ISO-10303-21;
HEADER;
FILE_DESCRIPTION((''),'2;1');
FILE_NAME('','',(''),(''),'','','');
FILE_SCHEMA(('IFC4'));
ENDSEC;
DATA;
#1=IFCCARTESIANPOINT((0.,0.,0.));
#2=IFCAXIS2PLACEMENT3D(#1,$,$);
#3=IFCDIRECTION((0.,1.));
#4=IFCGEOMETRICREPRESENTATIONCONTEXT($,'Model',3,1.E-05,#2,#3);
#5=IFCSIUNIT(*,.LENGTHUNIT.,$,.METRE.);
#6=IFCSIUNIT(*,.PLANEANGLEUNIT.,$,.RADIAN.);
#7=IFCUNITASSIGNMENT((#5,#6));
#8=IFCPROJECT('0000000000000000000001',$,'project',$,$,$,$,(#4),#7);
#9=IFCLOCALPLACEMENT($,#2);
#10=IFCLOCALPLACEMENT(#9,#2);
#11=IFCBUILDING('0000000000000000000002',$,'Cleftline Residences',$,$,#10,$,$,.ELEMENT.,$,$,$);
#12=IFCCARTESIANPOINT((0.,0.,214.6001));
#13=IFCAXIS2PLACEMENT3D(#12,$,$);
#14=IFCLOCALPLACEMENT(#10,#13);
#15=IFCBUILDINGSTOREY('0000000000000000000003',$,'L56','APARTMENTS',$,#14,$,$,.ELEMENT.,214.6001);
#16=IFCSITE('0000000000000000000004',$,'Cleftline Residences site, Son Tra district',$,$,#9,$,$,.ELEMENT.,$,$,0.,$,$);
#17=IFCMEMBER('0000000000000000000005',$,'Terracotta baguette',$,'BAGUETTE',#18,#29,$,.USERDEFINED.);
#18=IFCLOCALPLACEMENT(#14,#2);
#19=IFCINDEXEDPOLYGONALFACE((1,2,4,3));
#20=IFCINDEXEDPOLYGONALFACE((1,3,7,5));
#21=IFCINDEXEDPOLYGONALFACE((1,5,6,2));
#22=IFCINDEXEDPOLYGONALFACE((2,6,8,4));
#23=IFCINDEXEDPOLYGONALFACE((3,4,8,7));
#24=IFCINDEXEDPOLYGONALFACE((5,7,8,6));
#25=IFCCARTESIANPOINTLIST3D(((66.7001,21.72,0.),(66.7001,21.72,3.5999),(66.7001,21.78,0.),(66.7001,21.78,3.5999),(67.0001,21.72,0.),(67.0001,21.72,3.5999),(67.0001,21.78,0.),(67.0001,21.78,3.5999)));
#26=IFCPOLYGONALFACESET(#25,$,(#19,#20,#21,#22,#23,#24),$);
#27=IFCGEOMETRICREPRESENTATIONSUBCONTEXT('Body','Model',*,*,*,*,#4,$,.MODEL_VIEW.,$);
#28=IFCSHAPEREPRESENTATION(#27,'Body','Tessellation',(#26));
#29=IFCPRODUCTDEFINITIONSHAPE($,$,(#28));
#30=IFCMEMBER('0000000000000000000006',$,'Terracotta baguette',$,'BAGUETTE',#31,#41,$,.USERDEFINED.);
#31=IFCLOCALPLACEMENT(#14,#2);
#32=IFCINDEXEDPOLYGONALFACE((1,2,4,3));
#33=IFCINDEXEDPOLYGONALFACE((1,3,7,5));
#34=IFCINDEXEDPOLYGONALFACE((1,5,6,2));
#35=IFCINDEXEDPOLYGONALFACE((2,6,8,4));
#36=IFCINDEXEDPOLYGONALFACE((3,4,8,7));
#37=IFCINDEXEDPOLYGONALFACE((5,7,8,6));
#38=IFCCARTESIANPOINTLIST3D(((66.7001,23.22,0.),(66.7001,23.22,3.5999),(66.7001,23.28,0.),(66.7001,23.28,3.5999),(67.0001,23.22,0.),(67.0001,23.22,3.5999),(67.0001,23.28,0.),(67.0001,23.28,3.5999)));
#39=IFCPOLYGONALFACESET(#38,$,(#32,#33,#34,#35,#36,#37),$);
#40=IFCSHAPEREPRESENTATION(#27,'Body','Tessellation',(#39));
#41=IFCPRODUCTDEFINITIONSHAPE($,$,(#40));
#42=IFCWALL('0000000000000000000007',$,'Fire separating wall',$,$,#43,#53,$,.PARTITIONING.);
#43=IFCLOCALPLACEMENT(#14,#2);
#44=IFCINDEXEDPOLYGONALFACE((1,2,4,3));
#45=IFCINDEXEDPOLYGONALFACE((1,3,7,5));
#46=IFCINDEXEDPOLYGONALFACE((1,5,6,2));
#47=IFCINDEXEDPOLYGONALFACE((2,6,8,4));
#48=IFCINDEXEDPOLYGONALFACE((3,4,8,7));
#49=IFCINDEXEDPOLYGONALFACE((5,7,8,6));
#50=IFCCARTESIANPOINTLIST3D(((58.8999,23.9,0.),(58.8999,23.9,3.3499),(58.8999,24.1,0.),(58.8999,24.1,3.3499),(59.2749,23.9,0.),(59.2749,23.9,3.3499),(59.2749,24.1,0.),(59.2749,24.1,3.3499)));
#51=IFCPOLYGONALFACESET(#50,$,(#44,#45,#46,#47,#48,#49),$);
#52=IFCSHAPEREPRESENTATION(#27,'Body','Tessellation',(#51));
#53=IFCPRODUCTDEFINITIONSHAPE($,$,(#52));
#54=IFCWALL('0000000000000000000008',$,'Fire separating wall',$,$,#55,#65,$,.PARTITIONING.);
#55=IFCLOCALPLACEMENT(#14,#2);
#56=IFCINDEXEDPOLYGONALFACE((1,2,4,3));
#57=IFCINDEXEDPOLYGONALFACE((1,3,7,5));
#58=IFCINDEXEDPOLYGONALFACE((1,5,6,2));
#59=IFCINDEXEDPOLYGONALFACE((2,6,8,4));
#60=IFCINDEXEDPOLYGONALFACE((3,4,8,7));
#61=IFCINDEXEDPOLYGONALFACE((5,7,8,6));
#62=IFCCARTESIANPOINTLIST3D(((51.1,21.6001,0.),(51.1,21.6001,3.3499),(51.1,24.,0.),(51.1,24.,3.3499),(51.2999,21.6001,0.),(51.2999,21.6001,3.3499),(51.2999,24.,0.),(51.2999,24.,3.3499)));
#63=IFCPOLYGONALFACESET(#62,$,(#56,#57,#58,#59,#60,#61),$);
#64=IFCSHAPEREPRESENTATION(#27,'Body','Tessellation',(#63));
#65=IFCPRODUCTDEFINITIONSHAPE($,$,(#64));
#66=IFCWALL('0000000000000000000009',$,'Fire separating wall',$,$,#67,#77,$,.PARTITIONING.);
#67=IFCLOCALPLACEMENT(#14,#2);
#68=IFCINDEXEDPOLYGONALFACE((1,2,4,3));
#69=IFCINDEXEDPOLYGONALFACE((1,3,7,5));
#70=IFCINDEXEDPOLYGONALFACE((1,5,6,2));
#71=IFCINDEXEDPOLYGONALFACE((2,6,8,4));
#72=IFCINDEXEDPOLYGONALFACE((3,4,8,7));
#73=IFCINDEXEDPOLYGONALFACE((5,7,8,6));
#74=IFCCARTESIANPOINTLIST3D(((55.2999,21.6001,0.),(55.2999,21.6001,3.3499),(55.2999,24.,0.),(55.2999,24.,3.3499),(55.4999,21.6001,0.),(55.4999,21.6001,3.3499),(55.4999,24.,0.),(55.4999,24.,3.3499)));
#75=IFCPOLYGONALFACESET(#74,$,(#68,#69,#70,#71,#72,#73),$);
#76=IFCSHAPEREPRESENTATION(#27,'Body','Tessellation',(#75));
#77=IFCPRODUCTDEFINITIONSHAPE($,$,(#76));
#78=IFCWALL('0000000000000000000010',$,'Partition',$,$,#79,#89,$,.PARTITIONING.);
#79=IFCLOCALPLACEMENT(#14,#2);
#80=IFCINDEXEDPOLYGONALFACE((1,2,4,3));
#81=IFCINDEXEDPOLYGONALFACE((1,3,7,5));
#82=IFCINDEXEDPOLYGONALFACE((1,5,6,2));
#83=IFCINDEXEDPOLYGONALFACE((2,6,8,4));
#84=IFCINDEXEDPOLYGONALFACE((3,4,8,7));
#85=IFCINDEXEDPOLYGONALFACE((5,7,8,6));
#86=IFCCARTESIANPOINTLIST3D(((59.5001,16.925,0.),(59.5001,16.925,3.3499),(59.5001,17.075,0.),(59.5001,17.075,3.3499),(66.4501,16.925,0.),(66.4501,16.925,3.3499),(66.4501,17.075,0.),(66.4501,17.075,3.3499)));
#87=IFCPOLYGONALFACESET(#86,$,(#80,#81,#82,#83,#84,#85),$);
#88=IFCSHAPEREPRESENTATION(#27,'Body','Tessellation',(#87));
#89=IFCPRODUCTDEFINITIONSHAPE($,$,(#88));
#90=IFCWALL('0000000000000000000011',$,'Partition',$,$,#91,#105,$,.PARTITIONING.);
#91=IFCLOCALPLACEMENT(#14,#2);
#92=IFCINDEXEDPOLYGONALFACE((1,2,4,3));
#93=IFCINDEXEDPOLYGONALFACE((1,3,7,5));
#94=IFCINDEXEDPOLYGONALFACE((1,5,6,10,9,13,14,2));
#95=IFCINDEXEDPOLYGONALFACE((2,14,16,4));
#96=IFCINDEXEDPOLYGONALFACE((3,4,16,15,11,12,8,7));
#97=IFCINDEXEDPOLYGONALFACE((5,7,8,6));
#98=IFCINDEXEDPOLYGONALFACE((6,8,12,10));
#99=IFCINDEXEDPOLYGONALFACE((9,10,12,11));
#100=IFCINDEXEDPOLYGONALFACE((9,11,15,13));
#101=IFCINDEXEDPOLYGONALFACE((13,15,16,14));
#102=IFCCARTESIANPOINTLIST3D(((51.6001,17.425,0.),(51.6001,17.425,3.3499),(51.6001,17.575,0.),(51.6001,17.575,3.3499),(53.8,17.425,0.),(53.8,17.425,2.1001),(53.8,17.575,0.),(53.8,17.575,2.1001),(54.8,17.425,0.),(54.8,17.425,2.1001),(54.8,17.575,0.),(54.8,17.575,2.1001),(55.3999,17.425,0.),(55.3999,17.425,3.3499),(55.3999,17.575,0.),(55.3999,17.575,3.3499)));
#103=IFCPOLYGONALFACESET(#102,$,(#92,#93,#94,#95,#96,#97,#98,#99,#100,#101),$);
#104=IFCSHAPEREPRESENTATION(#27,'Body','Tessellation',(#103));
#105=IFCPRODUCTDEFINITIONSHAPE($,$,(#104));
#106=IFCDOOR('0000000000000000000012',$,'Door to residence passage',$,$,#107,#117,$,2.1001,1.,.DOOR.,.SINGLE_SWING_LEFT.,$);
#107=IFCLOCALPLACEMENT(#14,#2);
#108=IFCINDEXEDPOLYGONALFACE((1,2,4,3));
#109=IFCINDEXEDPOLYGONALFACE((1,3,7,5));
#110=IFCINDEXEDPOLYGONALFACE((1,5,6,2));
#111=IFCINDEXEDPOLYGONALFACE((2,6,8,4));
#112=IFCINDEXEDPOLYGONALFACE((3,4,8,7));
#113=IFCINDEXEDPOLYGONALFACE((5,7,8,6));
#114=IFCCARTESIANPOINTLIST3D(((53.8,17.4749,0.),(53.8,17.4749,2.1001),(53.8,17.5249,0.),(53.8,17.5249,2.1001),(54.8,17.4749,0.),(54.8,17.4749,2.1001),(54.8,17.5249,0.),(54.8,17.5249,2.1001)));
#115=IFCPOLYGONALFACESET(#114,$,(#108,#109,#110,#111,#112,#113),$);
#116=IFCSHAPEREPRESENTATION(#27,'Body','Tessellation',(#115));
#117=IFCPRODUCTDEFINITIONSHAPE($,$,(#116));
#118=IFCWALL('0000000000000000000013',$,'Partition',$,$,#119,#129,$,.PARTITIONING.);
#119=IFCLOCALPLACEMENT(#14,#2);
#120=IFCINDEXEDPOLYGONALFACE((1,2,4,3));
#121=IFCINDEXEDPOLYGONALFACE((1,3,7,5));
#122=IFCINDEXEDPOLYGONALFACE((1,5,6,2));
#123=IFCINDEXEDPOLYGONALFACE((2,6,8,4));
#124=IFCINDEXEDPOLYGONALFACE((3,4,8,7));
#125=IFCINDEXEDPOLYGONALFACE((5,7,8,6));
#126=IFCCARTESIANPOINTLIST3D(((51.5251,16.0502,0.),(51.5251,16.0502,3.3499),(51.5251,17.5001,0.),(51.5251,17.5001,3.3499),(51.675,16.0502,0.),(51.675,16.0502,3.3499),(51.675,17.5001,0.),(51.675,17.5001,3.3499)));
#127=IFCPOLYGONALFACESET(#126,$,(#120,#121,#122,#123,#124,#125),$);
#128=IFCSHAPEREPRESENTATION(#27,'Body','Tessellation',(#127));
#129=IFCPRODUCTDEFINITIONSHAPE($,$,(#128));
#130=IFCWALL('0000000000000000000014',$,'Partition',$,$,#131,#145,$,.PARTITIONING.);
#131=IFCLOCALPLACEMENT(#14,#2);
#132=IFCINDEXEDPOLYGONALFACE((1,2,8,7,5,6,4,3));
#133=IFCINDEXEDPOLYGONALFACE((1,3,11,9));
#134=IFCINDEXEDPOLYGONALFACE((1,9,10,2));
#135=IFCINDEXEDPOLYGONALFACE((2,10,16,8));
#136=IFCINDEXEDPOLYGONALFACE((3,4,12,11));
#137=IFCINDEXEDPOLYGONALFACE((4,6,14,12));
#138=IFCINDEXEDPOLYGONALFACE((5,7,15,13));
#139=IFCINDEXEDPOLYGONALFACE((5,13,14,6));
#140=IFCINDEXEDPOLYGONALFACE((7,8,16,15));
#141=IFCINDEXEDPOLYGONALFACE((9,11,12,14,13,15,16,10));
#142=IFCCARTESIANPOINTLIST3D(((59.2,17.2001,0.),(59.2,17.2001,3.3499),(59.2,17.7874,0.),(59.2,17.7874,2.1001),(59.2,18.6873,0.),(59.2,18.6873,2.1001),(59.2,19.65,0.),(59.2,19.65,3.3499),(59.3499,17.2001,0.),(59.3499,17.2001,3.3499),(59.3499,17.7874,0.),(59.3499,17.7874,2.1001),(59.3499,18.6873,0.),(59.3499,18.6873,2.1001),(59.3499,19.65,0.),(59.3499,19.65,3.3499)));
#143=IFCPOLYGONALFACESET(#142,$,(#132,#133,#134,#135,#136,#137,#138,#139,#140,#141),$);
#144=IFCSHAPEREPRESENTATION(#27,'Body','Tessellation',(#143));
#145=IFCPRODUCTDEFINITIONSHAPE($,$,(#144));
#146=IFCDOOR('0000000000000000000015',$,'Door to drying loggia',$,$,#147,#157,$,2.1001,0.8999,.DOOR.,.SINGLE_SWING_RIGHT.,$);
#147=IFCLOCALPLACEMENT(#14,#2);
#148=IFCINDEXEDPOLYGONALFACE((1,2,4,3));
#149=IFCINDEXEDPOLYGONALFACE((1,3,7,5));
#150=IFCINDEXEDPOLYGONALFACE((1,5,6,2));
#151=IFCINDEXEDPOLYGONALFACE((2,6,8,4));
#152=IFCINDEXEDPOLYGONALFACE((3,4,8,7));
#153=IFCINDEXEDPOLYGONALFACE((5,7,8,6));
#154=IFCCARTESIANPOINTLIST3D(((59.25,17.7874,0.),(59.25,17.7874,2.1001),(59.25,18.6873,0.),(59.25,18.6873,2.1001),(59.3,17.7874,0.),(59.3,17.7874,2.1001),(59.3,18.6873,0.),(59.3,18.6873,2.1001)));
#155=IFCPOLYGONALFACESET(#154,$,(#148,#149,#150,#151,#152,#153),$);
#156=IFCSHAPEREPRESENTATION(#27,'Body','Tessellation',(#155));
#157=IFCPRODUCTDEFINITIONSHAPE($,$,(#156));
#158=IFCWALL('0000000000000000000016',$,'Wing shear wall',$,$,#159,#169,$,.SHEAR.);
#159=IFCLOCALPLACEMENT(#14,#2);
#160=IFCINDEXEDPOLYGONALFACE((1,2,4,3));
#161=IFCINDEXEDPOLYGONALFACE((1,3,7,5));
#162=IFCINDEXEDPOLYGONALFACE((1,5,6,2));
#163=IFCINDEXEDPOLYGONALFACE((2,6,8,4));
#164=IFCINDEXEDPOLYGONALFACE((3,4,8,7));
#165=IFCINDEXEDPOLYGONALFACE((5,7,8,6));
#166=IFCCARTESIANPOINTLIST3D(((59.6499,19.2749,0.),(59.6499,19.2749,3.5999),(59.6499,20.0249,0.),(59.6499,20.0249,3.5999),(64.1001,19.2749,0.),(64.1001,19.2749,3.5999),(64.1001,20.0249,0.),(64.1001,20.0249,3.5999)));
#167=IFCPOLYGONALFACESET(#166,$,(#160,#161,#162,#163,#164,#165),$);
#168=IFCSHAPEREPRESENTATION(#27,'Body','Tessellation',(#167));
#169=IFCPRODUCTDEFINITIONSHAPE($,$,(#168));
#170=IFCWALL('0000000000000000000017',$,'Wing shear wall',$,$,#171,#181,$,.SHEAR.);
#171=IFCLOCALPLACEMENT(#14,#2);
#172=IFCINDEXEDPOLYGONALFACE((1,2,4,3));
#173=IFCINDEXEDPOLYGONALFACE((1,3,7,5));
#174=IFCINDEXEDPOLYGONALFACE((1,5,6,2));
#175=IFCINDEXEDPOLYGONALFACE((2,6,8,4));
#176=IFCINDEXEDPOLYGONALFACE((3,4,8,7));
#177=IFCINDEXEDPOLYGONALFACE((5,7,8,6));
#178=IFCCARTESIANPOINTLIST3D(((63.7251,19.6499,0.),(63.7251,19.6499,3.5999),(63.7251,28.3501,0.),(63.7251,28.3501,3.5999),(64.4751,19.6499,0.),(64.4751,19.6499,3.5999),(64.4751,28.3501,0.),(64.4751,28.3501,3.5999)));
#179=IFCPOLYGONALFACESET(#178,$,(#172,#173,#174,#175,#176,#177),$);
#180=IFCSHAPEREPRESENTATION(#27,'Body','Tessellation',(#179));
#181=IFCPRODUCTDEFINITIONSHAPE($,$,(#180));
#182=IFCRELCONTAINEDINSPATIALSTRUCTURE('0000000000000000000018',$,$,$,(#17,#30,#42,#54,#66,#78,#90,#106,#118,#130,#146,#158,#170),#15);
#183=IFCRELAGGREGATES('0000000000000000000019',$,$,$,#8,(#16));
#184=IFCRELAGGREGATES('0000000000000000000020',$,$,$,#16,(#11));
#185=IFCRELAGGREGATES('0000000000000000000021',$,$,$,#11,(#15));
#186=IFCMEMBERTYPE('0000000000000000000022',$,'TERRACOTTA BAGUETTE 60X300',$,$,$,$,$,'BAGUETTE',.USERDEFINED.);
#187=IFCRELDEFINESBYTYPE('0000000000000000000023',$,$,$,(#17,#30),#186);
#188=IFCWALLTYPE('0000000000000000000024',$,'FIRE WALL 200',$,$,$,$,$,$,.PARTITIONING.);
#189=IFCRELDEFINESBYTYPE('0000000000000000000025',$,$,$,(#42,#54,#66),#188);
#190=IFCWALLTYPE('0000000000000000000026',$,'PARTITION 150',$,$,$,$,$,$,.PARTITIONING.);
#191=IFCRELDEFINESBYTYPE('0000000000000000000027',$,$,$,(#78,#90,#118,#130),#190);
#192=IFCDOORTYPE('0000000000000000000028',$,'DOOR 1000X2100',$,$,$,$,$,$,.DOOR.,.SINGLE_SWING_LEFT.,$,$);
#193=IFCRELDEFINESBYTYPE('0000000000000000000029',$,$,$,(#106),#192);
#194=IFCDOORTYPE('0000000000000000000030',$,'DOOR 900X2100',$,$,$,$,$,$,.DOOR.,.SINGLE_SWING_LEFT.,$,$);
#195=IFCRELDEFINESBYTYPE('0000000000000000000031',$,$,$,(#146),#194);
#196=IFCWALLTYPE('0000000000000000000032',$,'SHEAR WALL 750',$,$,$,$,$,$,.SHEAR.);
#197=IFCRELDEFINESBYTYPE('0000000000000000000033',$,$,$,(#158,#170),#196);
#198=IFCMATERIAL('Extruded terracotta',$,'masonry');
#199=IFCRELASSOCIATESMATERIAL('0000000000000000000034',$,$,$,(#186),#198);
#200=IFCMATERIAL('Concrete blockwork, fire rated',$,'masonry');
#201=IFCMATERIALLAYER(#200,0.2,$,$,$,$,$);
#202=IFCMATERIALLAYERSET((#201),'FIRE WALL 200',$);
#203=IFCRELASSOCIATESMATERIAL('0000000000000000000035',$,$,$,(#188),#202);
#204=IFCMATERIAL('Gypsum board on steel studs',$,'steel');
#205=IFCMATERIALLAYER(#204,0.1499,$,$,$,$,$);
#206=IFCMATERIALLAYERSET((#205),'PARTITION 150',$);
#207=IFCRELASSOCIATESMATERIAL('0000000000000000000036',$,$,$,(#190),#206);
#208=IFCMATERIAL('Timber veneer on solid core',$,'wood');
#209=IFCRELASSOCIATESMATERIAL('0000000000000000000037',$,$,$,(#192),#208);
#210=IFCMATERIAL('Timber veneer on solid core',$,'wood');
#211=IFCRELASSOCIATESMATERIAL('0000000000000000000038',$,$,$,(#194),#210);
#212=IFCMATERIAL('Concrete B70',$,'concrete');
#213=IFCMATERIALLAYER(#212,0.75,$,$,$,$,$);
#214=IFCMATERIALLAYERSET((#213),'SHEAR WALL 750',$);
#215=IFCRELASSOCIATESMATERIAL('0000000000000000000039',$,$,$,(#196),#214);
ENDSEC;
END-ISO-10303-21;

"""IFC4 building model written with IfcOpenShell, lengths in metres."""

from ifc_helpers import new_model, si_unit, direction, frame, frame_2d, origin, origin_2d, place, context, subcontext, project, spatial, rectangle, extrude, material, layer, layer_set, material_profile, profile_set, type_object, element, fill, save


model = new_model("IFC4")

# Units and contexts
model_context = context("Model", 3, precision=1e-05, world=origin(), true_north=direction((0.0, 1.0)))
body_context = subcontext(model_context, "Body", "Model", "MODEL_VIEW")
ifc_project = project(units=[si_unit("LENGTHUNIT", "METRE"), si_unit("PLANEANGLEUNIT", "RADIAN")], contexts=[model_context])

# Site, building, storey
site_placement = place(None, origin())
site = spatial("IfcSite", under=ifc_project, at=site_placement, Name="Cleftline Residences site, Son Tra district", CompositionType="ELEMENT", RefElevation=0.0)
building_placement = place(site_placement, origin())
building = spatial("IfcBuilding", under=site, at=building_placement, Name="Cleftline Residences", CompositionType="ELEMENT")
storey_placement = place(building_placement, frame((0.0, 0.0, 214.6001)))
storey = spatial("IfcBuildingStorey", under=building, at=storey_placement, Name="L56", Description="APARTMENTS", CompositionType="ELEMENT", Elevation=214.6001)

# Members
ifc_material_1 = material(Name="Extruded terracotta", Category="masonry")
ifc_material_profile_1 = material_profile(ifc_material_1, rectangle(XDim=0.0601, YDim=0.3, at=origin_2d()))
ifc_profile_set_1 = profile_set([ifc_material_profile_1], Name="Extruded terracotta")
member_type_1 = type_object("IfcMemberType", Name="TERRACOTTA BAGUETTE 60X300", ElementType="BAGUETTE", PredefinedType="USERDEFINED", material=ifc_profile_set_1)
for number, where, z_axis, x_axis, name in (
    (1, (66.8501, 21.75, 0.0), (0.0, 0.0, 1.0), (0.0, 1.0, 0.0), "Terracotta baguette"),
    (2, (66.8501, 23.25, 0.0), (0.0, 0.0, 1.0), (0.0, 1.0, 0.0), "Terracotta baguette"),
):
    element("IfcMember", number, at=place(storey_placement, frame(where, z_axis=z_axis, x_axis=x_axis)), inside=storey, type_object=member_type_1, Name=name, ObjectType="BAGUETTE", PredefinedType="USERDEFINED", context=body_context, shape_type="SweptSolid", body=[
        extrude(rectangle(XDim=0.0601, YDim=0.3, at=origin_2d()), origin(), (0.0, 0.0, 1.0), 3.5999),
    ])

# Walls
ifc_material_2 = material(Name="Concrete blockwork, fire rated", Category="masonry")
ifc_layer_1 = layer(ifc_material_2, 0.2)
ifc_layer_set_1 = layer_set([ifc_layer_1], Name="FIRE WALL 200")
wall_type_1 = type_object("IfcWallType", Name="FIRE WALL 200", PredefinedType="PARTITIONING", material=ifc_layer_set_1)
wall_1_placement = place(storey_placement, frame((58.8999, 24.0, 0.0), z_axis=(0.0, 0.0, 1.0), x_axis=(1.0, 0.0, 0.0)))
element("IfcWall", 3, at=wall_1_placement, inside=storey, type_object=wall_type_1, Name="Fire separating wall", PredefinedType="PARTITIONING", context=body_context, shape_type="SweptSolid", body=[
    extrude(rectangle(XDim=0.375, YDim=0.2, at=frame_2d((0.1875, 0.0))), origin(), (0.0, 0.0, 1.0), 3.3499),
])
for number, where, z_axis, x_axis, name in (
    (4, (51.2, 21.6001, 0.0), (0.0, 0.0, 1.0), (0.0, 1.0, 0.0), "Fire separating wall"),
    (5, (55.3999, 21.6001, 0.0), (0.0, 0.0, 1.0), (0.0, 1.0, 0.0), "Fire separating wall"),
):
    element("IfcWall", number, at=place(storey_placement, frame(where, z_axis=z_axis, x_axis=x_axis)), inside=storey, type_object=wall_type_1, Name=name, PredefinedType="PARTITIONING", context=body_context, shape_type="SweptSolid", body=[
        extrude(rectangle(XDim=2.3999, YDim=0.2, at=frame_2d((1.2, 0.0))), origin(), (0.0, 0.0, 1.0), 3.3499),
    ])
ifc_material_3 = material(Name="Gypsum board on steel studs", Category="steel")
ifc_layer_2 = layer(ifc_material_3, 0.1499)
ifc_layer_set_2 = layer_set([ifc_layer_2], Name="PARTITION 150")
wall_type_2 = type_object("IfcWallType", Name="PARTITION 150", PredefinedType="PARTITIONING", material=ifc_layer_set_2)
wall_2_placement = place(storey_placement, frame((59.5, 17.0, 0.0), z_axis=(0.0, 0.0, 1.0), x_axis=(1.0, 0.0, 0.0)))
element("IfcWall", 6, at=wall_2_placement, inside=storey, type_object=wall_type_2, Name="Partition", PredefinedType="PARTITIONING", context=body_context, shape_type="SweptSolid", body=[
    extrude(rectangle(XDim=6.95, YDim=0.1499, at=frame_2d((3.4751, 0.0))), origin(), (0.0, 0.0, 1.0), 3.3499),
])

# Wall, opening, door
wall_3_placement = place(storey_placement, frame((51.6001, 17.5, 0.0), z_axis=(0.0, 0.0, 1.0), x_axis=(1.0, 0.0, 0.0)))
wall_3 = element("IfcWall", 7, at=wall_3_placement, inside=storey, type_object=wall_type_2, Name="Partition", PredefinedType="PARTITIONING", context=body_context, shape_type="SweptSolid", body=[
    extrude(rectangle(XDim=3.7998, YDim=0.1499, at=frame_2d((1.8999, 0.0))), origin(), (0.0, 0.0, 1.0), 3.3499),
])
opening_1_placement = place(wall_3_placement, frame((2.2, 0.0, 0.0)))
opening_1 = element("IfcOpeningElement", 8, at=opening_1_placement, cuts=wall_3, PredefinedType="OPENING", context=body_context, shape_type="SweptSolid", body=[
    extrude(rectangle(XDim=1.0, YDim=2.1001, at=frame_2d((0.5, 1.05))), frame((0.0, 0.085, 0.0), z_axis=(0.0, -1.0, 0.0), x_axis=(1.0, 0.0, 0.0)), (0.0, 0.0, 1.0), 0.1699),
])
ifc_material_4 = material(Name="Timber veneer on solid core", Category="wood")
door_type_1 = type_object("IfcDoorType", Name="DOOR 1000X2100", OperationType="SINGLE_SWING_LEFT", PredefinedType="DOOR", material=ifc_material_4)
door_1_placement = place(opening_1_placement, origin())
door_1 = element("IfcDoor", 9, at=door_1_placement, inside=storey, type_object=door_type_1, Name="Door to residence passage", OperationType="SINGLE_SWING_LEFT", OverallHeight=2.1001, OverallWidth=1.0, PredefinedType="DOOR", context=body_context, shape_type="SweptSolid", body=[
    extrude(rectangle(XDim=1.0, YDim=2.1001, at=frame_2d((0.5, 1.05))), frame((0.0, 0.0249, 0.0), z_axis=(0.0, -1.0, 0.0), x_axis=(1.0, 0.0, 0.0)), (0.0, 0.0, 1.0), 0.05),
])
fill(opening_1, door_1)

# Wall
wall_4_placement = place(storey_placement, frame((51.6001, 16.05, 0.0), z_axis=(0.0, 0.0, 1.0), x_axis=(0.0, 1.0, 0.0)))
element("IfcWall", 10, at=wall_4_placement, inside=storey, type_object=wall_type_2, Name="Partition", PredefinedType="PARTITIONING", context=body_context, shape_type="SweptSolid", body=[
    extrude(rectangle(XDim=1.45, YDim=0.1499, at=frame_2d((0.7251, 0.0))), origin(), (0.0, 0.0, 1.0), 3.3499),
])

# Wall, opening, door
wall_5_placement = place(storey_placement, frame((59.2749, 17.2, 0.0), z_axis=(0.0, 0.0, 1.0), x_axis=(0.0, 1.0, 0.0)))
wall_5 = element("IfcWall", 11, at=wall_5_placement, inside=storey, type_object=wall_type_2, Name="Partition", PredefinedType="PARTITIONING", context=body_context, shape_type="SweptSolid", body=[
    extrude(rectangle(XDim=2.45, YDim=0.1499, at=frame_2d((1.2251, 0.0))), origin(), (0.0, 0.0, 1.0), 3.3499),
])
opening_2_placement = place(wall_5_placement, frame((0.5874, 0.0, 0.0)))
opening_2 = element("IfcOpeningElement", 12, at=opening_2_placement, cuts=wall_5, PredefinedType="OPENING", context=body_context, shape_type="SweptSolid", body=[
    extrude(rectangle(XDim=0.8999, YDim=2.1001, at=frame_2d((0.45, 1.05))), frame((0.0, 0.085, 0.0), z_axis=(0.0, -1.0, 0.0), x_axis=(1.0, 0.0, 0.0)), (0.0, 0.0, 1.0), 0.1699),
])
ifc_material_5 = material(Name="Timber veneer on solid core", Category="wood")
door_type_2 = type_object("IfcDoorType", Name="DOOR 900X2100", OperationType="SINGLE_SWING_LEFT", PredefinedType="DOOR", material=ifc_material_5)
door_2_placement = place(opening_2_placement, origin())
door_2 = element("IfcDoor", 13, at=door_2_placement, inside=storey, type_object=door_type_2, Name="Door to drying loggia", OperationType="SINGLE_SWING_RIGHT", OverallHeight=2.1001, OverallWidth=0.8999, PredefinedType="DOOR", context=body_context, shape_type="SweptSolid", body=[
    extrude(rectangle(XDim=0.8999, YDim=2.1001, at=frame_2d((0.45, 1.05))), frame((0.0, 0.0249, 0.0), z_axis=(0.0, -1.0, 0.0), x_axis=(1.0, 0.0, 0.0)), (0.0, 0.0, 1.0), 0.05),
])
fill(opening_2, door_2)

# Walls
ifc_material_6 = material(Name="Concrete B70", Category="concrete")
ifc_layer_3 = layer(ifc_material_6, 0.75)
ifc_layer_set_3 = layer_set([ifc_layer_3], Name="SHEAR WALL 750")
wall_type_3 = type_object("IfcWallType", Name="SHEAR WALL 750", PredefinedType="SHEAR", material=ifc_layer_set_3)
wall_6_placement = place(storey_placement, frame((59.6499, 19.6499, 0.0), z_axis=(0.0, 0.0, 1.0), x_axis=(1.0, 0.0, 0.0)))
element("IfcWall", 14, at=wall_6_placement, inside=storey, type_object=wall_type_3, Name="Wing shear wall", PredefinedType="SHEAR", context=body_context, shape_type="SweptSolid", body=[
    extrude(rectangle(XDim=4.4502, YDim=0.75, at=frame_2d((2.2251, 0.0))), origin(), (0.0, 0.0, 1.0), 3.5999),
])
wall_7_placement = place(storey_placement, frame((64.1001, 19.6499, 0.0), z_axis=(0.0, 0.0, 1.0), x_axis=(0.0, 1.0, 0.0)))
element("IfcWall", 15, at=wall_7_placement, inside=storey, type_object=wall_type_3, Name="Wing shear wall", PredefinedType="SHEAR", context=body_context, shape_type="SweptSolid", body=[
    extrude(rectangle(XDim=8.7002, YDim=0.75, at=frame_2d((4.3501, 0.0))), origin(), (0.0, 0.0, 1.0), 3.5999),
])

save(model, "model.ifc")
